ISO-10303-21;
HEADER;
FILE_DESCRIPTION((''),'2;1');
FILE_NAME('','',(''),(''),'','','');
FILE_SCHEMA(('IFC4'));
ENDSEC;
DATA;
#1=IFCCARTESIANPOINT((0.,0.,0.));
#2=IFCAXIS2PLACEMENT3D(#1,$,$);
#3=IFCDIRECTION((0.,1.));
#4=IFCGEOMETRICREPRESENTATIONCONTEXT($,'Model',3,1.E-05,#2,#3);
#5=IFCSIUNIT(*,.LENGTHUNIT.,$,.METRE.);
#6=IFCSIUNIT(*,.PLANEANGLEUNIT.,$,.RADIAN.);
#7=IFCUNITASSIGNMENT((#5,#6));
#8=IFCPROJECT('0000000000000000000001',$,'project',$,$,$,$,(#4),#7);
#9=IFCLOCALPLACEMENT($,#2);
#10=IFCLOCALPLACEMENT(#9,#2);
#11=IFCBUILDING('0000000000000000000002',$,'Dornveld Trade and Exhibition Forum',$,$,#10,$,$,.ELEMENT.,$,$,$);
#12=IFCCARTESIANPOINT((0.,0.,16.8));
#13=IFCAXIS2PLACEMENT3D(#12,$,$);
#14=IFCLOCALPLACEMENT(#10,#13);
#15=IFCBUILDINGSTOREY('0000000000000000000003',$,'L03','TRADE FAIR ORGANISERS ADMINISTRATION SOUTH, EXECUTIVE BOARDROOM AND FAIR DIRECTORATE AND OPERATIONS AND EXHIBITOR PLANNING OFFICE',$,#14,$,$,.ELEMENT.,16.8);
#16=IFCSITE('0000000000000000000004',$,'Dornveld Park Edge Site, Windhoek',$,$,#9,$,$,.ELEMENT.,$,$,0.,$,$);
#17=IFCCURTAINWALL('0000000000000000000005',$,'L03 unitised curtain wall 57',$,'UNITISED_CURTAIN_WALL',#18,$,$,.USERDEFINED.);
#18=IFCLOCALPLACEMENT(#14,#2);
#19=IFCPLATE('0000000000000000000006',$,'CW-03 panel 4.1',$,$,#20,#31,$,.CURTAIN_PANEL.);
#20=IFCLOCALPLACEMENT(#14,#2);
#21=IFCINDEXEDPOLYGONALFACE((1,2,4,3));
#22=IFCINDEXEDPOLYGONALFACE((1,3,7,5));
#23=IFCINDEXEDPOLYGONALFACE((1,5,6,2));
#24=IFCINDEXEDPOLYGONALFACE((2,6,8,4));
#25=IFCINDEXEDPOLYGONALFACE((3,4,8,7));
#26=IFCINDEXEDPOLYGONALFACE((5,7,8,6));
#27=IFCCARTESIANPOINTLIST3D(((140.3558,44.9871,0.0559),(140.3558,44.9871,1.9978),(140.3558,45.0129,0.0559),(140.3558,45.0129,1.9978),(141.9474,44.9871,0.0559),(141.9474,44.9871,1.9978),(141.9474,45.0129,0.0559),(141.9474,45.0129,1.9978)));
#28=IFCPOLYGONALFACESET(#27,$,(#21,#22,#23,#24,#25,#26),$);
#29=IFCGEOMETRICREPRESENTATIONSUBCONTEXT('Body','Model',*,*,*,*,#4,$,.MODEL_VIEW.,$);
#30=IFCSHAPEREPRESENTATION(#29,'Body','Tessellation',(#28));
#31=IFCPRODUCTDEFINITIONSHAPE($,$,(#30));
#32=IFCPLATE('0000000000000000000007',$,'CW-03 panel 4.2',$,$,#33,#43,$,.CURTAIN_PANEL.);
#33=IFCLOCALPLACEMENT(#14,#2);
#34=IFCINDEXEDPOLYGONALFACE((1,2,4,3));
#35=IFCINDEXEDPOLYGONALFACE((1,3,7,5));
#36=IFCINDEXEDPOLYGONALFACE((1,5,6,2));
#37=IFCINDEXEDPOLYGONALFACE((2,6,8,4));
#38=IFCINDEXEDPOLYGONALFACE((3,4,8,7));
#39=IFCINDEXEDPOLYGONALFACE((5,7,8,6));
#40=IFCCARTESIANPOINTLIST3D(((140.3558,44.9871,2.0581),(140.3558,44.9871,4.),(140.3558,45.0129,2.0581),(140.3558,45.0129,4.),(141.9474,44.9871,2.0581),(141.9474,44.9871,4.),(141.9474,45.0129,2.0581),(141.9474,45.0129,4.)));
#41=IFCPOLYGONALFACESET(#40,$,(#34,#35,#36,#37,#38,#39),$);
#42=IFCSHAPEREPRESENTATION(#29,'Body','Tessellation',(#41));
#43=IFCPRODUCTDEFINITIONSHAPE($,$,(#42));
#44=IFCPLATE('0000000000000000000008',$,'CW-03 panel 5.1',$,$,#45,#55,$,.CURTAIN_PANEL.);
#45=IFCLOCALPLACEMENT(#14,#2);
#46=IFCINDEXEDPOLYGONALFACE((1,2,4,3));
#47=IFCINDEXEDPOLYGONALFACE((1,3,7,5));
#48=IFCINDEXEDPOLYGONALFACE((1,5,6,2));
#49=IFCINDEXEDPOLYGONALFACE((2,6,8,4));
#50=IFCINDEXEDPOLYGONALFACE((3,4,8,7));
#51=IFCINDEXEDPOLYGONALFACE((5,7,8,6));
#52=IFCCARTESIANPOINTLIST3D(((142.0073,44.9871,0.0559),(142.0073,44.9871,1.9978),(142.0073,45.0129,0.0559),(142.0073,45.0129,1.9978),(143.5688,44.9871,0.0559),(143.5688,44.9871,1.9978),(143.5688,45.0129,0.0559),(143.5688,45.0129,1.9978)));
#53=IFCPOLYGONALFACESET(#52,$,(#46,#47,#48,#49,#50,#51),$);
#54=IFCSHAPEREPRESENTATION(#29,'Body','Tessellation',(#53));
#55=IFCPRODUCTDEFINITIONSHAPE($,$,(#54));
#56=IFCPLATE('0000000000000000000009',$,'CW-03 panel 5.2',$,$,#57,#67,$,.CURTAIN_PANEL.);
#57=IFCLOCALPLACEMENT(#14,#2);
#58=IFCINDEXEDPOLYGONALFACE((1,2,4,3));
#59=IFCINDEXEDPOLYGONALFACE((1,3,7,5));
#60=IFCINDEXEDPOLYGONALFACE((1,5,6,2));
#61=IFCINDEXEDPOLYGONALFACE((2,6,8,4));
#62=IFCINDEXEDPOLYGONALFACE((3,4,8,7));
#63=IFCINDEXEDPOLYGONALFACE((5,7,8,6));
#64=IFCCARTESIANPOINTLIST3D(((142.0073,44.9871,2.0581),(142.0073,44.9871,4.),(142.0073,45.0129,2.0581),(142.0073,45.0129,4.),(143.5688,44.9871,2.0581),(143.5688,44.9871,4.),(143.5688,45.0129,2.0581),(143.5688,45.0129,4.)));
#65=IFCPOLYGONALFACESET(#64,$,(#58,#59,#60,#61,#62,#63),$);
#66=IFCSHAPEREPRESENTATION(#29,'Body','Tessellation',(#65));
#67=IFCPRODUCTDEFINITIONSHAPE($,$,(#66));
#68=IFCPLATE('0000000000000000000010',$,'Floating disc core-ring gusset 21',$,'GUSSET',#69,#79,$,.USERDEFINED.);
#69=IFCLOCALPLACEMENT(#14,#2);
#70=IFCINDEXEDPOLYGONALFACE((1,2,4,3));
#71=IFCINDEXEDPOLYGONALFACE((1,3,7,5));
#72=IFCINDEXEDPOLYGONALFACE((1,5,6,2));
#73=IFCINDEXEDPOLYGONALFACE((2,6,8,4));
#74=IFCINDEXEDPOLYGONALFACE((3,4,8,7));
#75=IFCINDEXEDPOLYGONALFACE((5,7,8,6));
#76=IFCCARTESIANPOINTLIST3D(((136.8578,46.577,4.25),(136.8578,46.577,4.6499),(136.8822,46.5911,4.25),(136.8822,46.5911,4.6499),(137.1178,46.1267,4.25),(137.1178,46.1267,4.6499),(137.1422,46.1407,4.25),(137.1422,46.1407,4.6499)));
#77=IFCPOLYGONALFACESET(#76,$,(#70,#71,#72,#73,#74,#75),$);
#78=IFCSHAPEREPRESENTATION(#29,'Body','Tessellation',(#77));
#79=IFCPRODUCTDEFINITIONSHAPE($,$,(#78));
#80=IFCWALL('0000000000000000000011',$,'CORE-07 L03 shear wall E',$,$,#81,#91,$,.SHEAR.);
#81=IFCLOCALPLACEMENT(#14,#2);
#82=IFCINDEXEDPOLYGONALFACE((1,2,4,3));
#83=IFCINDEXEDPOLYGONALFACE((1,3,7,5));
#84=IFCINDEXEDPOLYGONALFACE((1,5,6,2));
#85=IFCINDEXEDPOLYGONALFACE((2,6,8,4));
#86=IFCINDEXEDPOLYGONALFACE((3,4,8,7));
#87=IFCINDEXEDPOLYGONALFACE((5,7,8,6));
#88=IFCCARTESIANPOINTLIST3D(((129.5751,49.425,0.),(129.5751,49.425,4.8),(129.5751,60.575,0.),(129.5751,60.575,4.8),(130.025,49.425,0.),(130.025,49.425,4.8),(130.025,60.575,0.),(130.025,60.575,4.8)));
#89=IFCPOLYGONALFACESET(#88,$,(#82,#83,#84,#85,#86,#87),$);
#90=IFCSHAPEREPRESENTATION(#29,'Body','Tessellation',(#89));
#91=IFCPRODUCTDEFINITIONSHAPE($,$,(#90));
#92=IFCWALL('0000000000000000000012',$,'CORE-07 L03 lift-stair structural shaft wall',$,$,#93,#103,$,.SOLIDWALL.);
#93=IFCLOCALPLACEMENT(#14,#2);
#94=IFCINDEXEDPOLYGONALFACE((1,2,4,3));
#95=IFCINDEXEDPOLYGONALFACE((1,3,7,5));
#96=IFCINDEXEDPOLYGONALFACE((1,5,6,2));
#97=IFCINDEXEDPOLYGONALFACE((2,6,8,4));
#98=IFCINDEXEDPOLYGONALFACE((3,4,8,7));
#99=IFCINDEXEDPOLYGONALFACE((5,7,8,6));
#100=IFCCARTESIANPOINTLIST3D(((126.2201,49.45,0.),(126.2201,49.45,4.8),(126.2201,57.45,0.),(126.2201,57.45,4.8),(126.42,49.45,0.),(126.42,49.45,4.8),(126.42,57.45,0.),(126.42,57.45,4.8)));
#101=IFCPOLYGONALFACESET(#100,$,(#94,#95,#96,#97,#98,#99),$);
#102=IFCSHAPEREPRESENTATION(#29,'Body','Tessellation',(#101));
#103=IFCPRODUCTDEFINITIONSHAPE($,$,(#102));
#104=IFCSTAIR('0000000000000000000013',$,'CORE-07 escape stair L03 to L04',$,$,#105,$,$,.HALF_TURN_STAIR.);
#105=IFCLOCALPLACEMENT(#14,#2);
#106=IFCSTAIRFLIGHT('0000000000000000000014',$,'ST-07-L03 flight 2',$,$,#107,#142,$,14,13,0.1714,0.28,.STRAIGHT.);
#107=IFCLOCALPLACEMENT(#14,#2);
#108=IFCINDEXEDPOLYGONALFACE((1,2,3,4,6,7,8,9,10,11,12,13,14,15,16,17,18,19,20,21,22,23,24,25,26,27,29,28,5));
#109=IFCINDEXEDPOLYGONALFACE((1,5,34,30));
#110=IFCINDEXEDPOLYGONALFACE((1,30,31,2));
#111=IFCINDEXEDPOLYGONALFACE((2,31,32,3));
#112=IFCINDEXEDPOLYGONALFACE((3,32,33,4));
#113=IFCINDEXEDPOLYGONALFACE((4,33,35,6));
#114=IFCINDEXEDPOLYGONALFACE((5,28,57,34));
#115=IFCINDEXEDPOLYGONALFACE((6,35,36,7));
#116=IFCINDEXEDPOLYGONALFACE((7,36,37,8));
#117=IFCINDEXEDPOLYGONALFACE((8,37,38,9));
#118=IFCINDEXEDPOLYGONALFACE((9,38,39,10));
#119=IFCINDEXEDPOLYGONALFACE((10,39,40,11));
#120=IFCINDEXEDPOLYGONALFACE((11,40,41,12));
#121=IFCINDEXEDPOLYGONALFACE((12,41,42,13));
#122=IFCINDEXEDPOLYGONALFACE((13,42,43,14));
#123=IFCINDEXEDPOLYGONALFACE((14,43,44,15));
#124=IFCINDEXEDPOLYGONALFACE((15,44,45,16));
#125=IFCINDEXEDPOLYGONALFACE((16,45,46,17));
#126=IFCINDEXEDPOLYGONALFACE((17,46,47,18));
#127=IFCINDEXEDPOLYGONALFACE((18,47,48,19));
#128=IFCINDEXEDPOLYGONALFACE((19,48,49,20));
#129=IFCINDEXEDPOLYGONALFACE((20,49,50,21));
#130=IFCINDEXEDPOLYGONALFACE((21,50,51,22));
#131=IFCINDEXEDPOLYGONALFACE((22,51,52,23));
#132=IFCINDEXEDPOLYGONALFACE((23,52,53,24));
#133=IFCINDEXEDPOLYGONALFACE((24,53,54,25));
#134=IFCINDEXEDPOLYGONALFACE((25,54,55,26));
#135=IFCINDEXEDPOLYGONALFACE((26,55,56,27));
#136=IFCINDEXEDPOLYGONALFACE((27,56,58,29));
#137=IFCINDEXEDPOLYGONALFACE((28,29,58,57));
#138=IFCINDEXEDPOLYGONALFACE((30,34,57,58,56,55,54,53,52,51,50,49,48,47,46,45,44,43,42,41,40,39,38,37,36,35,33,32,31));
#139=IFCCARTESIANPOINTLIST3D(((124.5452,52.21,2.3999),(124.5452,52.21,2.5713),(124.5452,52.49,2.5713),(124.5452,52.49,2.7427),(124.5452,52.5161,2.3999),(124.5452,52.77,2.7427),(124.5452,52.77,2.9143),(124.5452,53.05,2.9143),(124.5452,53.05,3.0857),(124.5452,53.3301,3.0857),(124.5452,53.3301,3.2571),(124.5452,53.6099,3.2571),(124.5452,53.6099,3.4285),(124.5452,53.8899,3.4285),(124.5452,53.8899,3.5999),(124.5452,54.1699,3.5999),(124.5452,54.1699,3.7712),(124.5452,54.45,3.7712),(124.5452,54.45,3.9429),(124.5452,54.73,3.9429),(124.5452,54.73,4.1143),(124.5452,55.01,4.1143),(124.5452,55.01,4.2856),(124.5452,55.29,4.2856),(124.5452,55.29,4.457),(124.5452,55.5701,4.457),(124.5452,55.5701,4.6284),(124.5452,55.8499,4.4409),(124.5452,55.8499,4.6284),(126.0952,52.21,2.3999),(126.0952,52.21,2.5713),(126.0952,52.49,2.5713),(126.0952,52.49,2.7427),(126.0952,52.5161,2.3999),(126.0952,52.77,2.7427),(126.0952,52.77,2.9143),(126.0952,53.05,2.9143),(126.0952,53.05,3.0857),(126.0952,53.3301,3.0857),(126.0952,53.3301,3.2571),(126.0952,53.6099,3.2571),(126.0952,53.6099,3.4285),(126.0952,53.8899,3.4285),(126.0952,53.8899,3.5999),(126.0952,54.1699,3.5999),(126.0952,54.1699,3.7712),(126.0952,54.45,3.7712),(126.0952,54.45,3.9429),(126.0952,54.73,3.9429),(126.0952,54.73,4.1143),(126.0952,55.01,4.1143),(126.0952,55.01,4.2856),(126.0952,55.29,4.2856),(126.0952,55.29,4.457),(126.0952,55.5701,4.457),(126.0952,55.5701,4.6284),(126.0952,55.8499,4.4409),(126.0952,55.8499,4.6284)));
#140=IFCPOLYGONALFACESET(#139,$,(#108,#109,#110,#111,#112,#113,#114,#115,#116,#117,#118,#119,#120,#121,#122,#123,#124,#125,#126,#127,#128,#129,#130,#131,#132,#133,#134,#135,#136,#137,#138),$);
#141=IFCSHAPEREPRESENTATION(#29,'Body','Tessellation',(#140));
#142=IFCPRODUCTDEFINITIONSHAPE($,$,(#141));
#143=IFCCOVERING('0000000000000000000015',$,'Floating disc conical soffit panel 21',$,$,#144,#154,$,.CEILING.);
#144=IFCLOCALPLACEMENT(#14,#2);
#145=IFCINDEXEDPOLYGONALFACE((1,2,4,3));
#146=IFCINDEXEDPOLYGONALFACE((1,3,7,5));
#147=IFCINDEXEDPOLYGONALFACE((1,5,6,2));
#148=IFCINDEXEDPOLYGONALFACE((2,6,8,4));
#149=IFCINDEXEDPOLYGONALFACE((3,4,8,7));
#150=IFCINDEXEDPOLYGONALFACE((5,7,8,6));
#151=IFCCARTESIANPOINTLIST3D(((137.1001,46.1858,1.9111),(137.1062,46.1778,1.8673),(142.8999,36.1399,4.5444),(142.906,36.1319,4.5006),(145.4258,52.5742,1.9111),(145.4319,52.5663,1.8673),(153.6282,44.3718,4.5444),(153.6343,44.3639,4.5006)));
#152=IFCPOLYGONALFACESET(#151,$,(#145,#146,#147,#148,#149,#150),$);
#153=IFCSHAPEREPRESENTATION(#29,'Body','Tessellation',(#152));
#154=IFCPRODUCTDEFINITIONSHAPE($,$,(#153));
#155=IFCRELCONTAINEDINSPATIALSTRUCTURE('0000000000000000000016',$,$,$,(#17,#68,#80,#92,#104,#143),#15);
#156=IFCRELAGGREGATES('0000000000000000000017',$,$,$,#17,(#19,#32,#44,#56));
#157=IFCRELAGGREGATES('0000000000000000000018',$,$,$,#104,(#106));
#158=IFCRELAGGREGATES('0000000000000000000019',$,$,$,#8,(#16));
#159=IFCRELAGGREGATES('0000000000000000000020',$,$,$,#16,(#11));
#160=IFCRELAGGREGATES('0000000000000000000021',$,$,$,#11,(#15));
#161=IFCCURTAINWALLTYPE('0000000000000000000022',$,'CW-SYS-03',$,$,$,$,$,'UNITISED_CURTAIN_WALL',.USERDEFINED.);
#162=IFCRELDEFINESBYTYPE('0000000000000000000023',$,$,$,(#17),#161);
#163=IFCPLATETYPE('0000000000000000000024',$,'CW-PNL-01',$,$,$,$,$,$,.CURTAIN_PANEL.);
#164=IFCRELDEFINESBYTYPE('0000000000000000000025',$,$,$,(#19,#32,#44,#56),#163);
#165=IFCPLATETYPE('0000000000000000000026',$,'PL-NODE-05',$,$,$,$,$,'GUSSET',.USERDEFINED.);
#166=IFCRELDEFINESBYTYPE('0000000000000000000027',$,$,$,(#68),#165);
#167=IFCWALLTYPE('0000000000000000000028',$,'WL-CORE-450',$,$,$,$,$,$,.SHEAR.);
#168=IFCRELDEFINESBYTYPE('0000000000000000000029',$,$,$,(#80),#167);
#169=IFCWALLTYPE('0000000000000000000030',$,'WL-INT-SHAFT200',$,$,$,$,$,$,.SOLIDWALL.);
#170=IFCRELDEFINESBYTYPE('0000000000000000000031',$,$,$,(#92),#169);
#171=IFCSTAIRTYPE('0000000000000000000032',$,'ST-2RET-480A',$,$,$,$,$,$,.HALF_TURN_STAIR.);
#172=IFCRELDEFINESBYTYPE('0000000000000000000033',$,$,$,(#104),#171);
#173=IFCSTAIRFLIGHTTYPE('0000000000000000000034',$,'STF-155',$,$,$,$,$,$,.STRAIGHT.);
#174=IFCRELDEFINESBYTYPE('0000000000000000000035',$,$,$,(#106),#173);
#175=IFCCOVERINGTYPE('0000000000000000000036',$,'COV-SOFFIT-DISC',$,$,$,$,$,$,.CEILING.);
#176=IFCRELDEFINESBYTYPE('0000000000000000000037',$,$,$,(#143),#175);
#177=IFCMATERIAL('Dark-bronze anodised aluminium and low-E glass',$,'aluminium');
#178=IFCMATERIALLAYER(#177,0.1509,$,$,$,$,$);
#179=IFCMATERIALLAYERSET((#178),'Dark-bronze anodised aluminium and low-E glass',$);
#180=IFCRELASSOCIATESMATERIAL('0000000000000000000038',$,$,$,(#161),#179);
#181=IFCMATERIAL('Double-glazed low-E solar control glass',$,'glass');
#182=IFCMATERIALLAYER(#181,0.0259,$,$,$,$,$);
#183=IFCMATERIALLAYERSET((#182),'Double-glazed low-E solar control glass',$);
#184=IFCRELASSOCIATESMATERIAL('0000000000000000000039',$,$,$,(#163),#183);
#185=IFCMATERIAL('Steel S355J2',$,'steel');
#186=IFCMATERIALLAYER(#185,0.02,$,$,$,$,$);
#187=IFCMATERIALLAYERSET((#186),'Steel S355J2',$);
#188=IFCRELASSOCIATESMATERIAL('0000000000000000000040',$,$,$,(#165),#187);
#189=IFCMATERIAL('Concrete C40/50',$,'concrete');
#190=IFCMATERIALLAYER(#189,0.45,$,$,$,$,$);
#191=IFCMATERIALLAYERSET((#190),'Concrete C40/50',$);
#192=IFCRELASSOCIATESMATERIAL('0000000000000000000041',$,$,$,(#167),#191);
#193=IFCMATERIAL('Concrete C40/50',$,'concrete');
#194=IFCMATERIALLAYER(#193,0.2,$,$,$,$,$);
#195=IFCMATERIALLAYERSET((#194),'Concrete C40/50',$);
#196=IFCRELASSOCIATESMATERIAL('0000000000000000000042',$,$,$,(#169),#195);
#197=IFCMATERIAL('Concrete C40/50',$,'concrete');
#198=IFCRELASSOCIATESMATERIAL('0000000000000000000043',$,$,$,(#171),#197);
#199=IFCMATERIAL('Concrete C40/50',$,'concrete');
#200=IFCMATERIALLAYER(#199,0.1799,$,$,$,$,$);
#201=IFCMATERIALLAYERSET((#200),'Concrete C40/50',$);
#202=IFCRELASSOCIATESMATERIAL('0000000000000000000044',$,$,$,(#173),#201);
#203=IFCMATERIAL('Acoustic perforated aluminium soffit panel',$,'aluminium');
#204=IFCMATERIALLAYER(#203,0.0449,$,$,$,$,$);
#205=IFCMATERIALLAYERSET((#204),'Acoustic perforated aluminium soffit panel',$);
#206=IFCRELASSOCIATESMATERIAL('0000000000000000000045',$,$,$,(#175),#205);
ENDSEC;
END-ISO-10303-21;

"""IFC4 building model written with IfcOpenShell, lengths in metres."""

from ifc_helpers import new_model, si_unit, direction, frame, frame_2d, origin, origin_2d, place, context, subcontext, project, spatial, polyline, rectangle, outline, extrude, material, layer, layer_set, type_object, element, aggregate, save


model = new_model("IFC4")

# Units and contexts
model_context = context("Model", 3, precision=1e-05, world=origin(), true_north=direction((0.0, 1.0)))
body_context = subcontext(model_context, "Body", "Model", "MODEL_VIEW")
ifc_project = project(units=[si_unit("LENGTHUNIT", "METRE"), si_unit("PLANEANGLEUNIT", "RADIAN")], contexts=[model_context])

# Site, building, storey
site_placement = place(None, origin())
site = spatial("IfcSite", under=ifc_project, at=site_placement, Name="Dornveld Park Edge Site, Windhoek", CompositionType="ELEMENT", RefElevation=0.0)
building_placement = place(site_placement, origin())
building = spatial("IfcBuilding", under=site, at=building_placement, Name="Dornveld Trade and Exhibition Forum", CompositionType="ELEMENT")
storey_placement = place(building_placement, frame((0.0, 0.0, 16.8)))
storey = spatial("IfcBuildingStorey", under=building, at=storey_placement, Name="L03", Description="TRADE FAIR ORGANISERS ADMINISTRATION SOUTH, EXECUTIVE BOARDROOM AND FAIR DIRECTORATE AND OPERATIONS AND EXHIBITOR PLANNING OFFICE", CompositionType="ELEMENT", Elevation=16.8)

# Curtain wall
ifc_material_1 = material(Name="Dark-bronze anodised aluminium and low-E glass", Category="aluminium")
ifc_layer_1 = layer(ifc_material_1, 0.1509)
ifc_layer_set_1 = layer_set([ifc_layer_1], Name="Dark-bronze anodised aluminium and low-E glass")
curtain_wall_type = type_object("IfcCurtainWallType", Name="CW-SYS-03", ElementType="UNITISED_CURTAIN_WALL", PredefinedType="USERDEFINED", material=ifc_layer_set_1)
curtain_wall_placement = place(storey_placement, origin())
curtain_wall = element("IfcCurtainWall", 1, at=curtain_wall_placement, inside=storey, type_object=curtain_wall_type, Name="L03 unitised curtain wall 57", ObjectType="UNITISED_CURTAIN_WALL", PredefinedType="USERDEFINED")

# Plates
ifc_material_2 = material(Name="Double-glazed low-E solar control glass", Category="glass")
ifc_layer_2 = layer(ifc_material_2, 0.0259)
ifc_layer_set_2 = layer_set([ifc_layer_2], Name="Double-glazed low-E solar control glass")
plate_type_1 = type_object("IfcPlateType", Name="CW-PNL-01", PredefinedType="CURTAIN_PANEL", material=ifc_layer_set_2)
plate_1_placement = place(storey_placement, frame((141.1516, 45.0, 0.0559), z_axis=(0.0, 0.0, 1.0), x_axis=(1.0, 0.0, 0.0)))
plate_1 = element("IfcPlate", 2, at=plate_1_placement, type_object=plate_type_1, Name="CW-03 panel 4.1", PredefinedType="CURTAIN_PANEL", context=body_context, shape_type="SweptSolid", body=[
    extrude(rectangle(XDim=1.5916, YDim=0.0259, at=origin_2d()), origin(), (0.0, 0.0, 1.0), 1.9419),
])
plate_2_placement = place(storey_placement, frame((141.1516, 45.0, 2.0581), z_axis=(0.0, 0.0, 1.0), x_axis=(1.0, 0.0, 0.0)))
plate_2 = element("IfcPlate", 3, at=plate_2_placement, type_object=plate_type_1, Name="CW-03 panel 4.2", PredefinedType="CURTAIN_PANEL", context=body_context, shape_type="SweptSolid", body=[
    extrude(rectangle(XDim=1.5916, YDim=0.0259, at=origin_2d()), origin(), (0.0, 0.0, 1.0), 1.9419),
])
plate_3_placement = place(storey_placement, frame((142.7881, 45.0, 0.0559), z_axis=(0.0, 0.0, 1.0), x_axis=(1.0, 0.0, 0.0)))
plate_3 = element("IfcPlate", 4, at=plate_3_placement, type_object=plate_type_1, Name="CW-03 panel 5.1", PredefinedType="CURTAIN_PANEL", context=body_context, shape_type="SweptSolid", body=[
    extrude(rectangle(XDim=1.5615, YDim=0.0259, at=origin_2d()), origin(), (0.0, 0.0, 1.0), 1.9419),
])
plate_4_placement = place(storey_placement, frame((142.7881, 45.0, 2.0581), z_axis=(0.0, 0.0, 1.0), x_axis=(1.0, 0.0, 0.0)))
plate_4 = element("IfcPlate", 5, at=plate_4_placement, type_object=plate_type_1, Name="CW-03 panel 5.2", PredefinedType="CURTAIN_PANEL", context=body_context, shape_type="SweptSolid", body=[
    extrude(rectangle(XDim=1.5615, YDim=0.0259, at=origin_2d()), origin(), (0.0, 0.0, 1.0), 1.9419),
])
aggregate(curtain_wall, [plate_1, plate_2, plate_3, plate_4])
ifc_material_3 = material(Name="Steel S355J2", Category="steel")
ifc_layer_3 = layer(ifc_material_3, 0.02)
ifc_layer_set_3 = layer_set([ifc_layer_3], Name="Steel S355J2")
plate_type_2 = type_object("IfcPlateType", Name="PL-NODE-05", ElementType="GUSSET", PredefinedType="USERDEFINED", material=ifc_layer_set_3)
plate_5_placement = place(storey_placement, frame((137.0, 46.3589, 4.25), z_axis=(0.0, 0.0, 1.0), x_axis=(0.5, -0.866025, 0.0)))
element("IfcPlate", 6, at=plate_5_placement, inside=storey, type_object=plate_type_2, Name="Floating disc core-ring gusset 21", ObjectType="GUSSET", PredefinedType="USERDEFINED", context=body_context, shape_type="SweptSolid", body=[
    extrude(rectangle(XDim=0.52, YDim=0.0281, at=origin_2d()), origin(), (0.0, 0.0, 1.0), 0.3999),
])

# Walls
ifc_material_4 = material(Name="Concrete C40/50", Category="concrete")
ifc_layer_4 = layer(ifc_material_4, 0.45)
ifc_layer_set_4 = layer_set([ifc_layer_4], Name="Concrete C40/50")
wall_type_1 = type_object("IfcWallType", Name="WL-CORE-450", PredefinedType="SHEAR", material=ifc_layer_set_4)
wall_1_placement = place(storey_placement, frame((129.8, 49.425, 0.0), z_axis=(0.0, 0.0, 1.0), x_axis=(0.0, 1.0, 0.0)))
element("IfcWall", 7, at=wall_1_placement, inside=storey, type_object=wall_type_1, Name="CORE-07 L03 shear wall E", PredefinedType="SHEAR", context=body_context, shape_type="SweptSolid", body=[
    extrude(rectangle(XDim=11.1499, YDim=0.45, at=frame_2d((5.575, 0.0))), origin(), (0.0, 0.0, 1.0), 4.8),
])
ifc_material_5 = material(Name="Concrete C40/50", Category="concrete")
ifc_layer_5 = layer(ifc_material_5, 0.2)
ifc_layer_set_5 = layer_set([ifc_layer_5], Name="Concrete C40/50")
wall_type_2 = type_object("IfcWallType", Name="WL-INT-SHAFT200", PredefinedType="SOLIDWALL", material=ifc_layer_set_5)
wall_2_placement = place(storey_placement, frame((126.3201, 49.45, 0.0), z_axis=(0.0, 0.0, 1.0), x_axis=(0.0, 1.0, 0.0)))
element("IfcWall", 8, at=wall_2_placement, inside=storey, type_object=wall_type_2, Name="CORE-07 L03 lift-stair structural shaft wall", PredefinedType="SOLIDWALL", context=body_context, shape_type="SweptSolid", body=[
    extrude(rectangle(XDim=8.0, YDim=0.2, at=frame_2d((4.0, 0.0))), origin(), (0.0, 0.0, 1.0), 4.8),
])

# Stair, stair flight
ifc_material_6 = material(Name="Concrete C40/50", Category="concrete")
stair_type = type_object("IfcStairType", Name="ST-2RET-480A", PredefinedType="HALF_TURN_STAIR", material=ifc_material_6)
stair_placement = place(storey_placement, origin())
stair = element("IfcStair", 9, at=stair_placement, inside=storey, type_object=stair_type, Name="CORE-07 escape stair L03 to L04", PredefinedType="HALF_TURN_STAIR")
ifc_material_7 = material(Name="Concrete C40/50", Category="concrete")
ifc_layer_6 = layer(ifc_material_7, 0.1799)
ifc_layer_set_6 = layer_set([ifc_layer_6], Name="Concrete C40/50")
stair_flight_type = type_object("IfcStairFlightType", Name="STF-155", PredefinedType="STRAIGHT", material=ifc_layer_set_6)
stair_flight_placement = place(storey_placement, frame((125.3201, 52.21, 2.3999), z_axis=(0.0, 0.0, 1.0), x_axis=(0.0, 1.0, 0.0)))
stair_flight = element("IfcStairFlight", 10, at=stair_flight_placement, type_object=stair_flight_type, Name="ST-07-L03 flight 2", NumberOfRisers=14, NumberOfTreads=13, PredefinedType="STRAIGHT", RiserHeight=0.1714, TreadLength=0.28, context=body_context, shape_type="SweptSolid", body=[
    extrude(outline(polyline([(0.0, 0.0), (0.0, 0.1714), (0.28, 0.1714), (0.28, 0.3428), (0.5601, 0.3428), (0.5601, 0.5144), (0.8401, 0.5144), (0.8401, 0.6858), (1.1201, 0.6858), (1.1201, 0.8572), (1.3999, 0.8572), (1.3999, 1.0286), (1.6799, 1.0286), (1.6799, 1.2), (1.96, 1.2), (1.96, 1.3713), (2.24, 1.3713), (2.24, 1.543), (2.52, 1.543), (2.52, 1.7144), (2.8, 1.7144), (2.8, 1.8857), (3.0801, 1.8857), (3.0801, 2.0571), (3.3601, 2.0571), (3.3601, 2.2285), (3.6399, 2.2285), (3.6399, 2.3999), (3.6399, 2.041), (0.3062, 0.0), (0.0, 0.0)])), frame((0.0, 0.7749, 0.0), z_axis=(0.0, -1.0, 0.0), x_axis=(1.0, 0.0, 0.0)), (0.0, 0.0, 1.0), 1.55),
])
aggregate(stair, [stair_flight])

# Covering
ifc_material_8 = material(Name="Acoustic perforated aluminium soffit panel", Category="aluminium")
ifc_layer_7 = layer(ifc_material_8, 0.0449)
ifc_layer_set_7 = layer_set([ifc_layer_7], Name="Acoustic perforated aluminium soffit panel")
covering_type = type_object("IfcCoveringType", Name="COV-SOFFIT-DISC", PredefinedType="CEILING", material=ifc_layer_set_7)
covering_placement = place(storey_placement, frame((137.1001, 46.1858, 1.9111), z_axis=(-0.13587, 0.177072, 0.974774), x_axis=(0.487582, -0.844545, 0.221378)))
element("IfcCovering", 11, at=covering_placement, inside=storey, type_object=covering_type, Name="Floating disc conical soffit panel 21", PredefinedType="CEILING", context=body_context, shape_type="SweptSolid", body=[
    extrude(outline(polyline([(0.0, 0.0), (11.895, 0.0), (10.1737, 13.4126), (-1.3359, 10.4089), (0.0, 0.0)])), origin(), (0.0, 0.0, -1.0), 0.0449),
])

save(model, "model.ifc")
